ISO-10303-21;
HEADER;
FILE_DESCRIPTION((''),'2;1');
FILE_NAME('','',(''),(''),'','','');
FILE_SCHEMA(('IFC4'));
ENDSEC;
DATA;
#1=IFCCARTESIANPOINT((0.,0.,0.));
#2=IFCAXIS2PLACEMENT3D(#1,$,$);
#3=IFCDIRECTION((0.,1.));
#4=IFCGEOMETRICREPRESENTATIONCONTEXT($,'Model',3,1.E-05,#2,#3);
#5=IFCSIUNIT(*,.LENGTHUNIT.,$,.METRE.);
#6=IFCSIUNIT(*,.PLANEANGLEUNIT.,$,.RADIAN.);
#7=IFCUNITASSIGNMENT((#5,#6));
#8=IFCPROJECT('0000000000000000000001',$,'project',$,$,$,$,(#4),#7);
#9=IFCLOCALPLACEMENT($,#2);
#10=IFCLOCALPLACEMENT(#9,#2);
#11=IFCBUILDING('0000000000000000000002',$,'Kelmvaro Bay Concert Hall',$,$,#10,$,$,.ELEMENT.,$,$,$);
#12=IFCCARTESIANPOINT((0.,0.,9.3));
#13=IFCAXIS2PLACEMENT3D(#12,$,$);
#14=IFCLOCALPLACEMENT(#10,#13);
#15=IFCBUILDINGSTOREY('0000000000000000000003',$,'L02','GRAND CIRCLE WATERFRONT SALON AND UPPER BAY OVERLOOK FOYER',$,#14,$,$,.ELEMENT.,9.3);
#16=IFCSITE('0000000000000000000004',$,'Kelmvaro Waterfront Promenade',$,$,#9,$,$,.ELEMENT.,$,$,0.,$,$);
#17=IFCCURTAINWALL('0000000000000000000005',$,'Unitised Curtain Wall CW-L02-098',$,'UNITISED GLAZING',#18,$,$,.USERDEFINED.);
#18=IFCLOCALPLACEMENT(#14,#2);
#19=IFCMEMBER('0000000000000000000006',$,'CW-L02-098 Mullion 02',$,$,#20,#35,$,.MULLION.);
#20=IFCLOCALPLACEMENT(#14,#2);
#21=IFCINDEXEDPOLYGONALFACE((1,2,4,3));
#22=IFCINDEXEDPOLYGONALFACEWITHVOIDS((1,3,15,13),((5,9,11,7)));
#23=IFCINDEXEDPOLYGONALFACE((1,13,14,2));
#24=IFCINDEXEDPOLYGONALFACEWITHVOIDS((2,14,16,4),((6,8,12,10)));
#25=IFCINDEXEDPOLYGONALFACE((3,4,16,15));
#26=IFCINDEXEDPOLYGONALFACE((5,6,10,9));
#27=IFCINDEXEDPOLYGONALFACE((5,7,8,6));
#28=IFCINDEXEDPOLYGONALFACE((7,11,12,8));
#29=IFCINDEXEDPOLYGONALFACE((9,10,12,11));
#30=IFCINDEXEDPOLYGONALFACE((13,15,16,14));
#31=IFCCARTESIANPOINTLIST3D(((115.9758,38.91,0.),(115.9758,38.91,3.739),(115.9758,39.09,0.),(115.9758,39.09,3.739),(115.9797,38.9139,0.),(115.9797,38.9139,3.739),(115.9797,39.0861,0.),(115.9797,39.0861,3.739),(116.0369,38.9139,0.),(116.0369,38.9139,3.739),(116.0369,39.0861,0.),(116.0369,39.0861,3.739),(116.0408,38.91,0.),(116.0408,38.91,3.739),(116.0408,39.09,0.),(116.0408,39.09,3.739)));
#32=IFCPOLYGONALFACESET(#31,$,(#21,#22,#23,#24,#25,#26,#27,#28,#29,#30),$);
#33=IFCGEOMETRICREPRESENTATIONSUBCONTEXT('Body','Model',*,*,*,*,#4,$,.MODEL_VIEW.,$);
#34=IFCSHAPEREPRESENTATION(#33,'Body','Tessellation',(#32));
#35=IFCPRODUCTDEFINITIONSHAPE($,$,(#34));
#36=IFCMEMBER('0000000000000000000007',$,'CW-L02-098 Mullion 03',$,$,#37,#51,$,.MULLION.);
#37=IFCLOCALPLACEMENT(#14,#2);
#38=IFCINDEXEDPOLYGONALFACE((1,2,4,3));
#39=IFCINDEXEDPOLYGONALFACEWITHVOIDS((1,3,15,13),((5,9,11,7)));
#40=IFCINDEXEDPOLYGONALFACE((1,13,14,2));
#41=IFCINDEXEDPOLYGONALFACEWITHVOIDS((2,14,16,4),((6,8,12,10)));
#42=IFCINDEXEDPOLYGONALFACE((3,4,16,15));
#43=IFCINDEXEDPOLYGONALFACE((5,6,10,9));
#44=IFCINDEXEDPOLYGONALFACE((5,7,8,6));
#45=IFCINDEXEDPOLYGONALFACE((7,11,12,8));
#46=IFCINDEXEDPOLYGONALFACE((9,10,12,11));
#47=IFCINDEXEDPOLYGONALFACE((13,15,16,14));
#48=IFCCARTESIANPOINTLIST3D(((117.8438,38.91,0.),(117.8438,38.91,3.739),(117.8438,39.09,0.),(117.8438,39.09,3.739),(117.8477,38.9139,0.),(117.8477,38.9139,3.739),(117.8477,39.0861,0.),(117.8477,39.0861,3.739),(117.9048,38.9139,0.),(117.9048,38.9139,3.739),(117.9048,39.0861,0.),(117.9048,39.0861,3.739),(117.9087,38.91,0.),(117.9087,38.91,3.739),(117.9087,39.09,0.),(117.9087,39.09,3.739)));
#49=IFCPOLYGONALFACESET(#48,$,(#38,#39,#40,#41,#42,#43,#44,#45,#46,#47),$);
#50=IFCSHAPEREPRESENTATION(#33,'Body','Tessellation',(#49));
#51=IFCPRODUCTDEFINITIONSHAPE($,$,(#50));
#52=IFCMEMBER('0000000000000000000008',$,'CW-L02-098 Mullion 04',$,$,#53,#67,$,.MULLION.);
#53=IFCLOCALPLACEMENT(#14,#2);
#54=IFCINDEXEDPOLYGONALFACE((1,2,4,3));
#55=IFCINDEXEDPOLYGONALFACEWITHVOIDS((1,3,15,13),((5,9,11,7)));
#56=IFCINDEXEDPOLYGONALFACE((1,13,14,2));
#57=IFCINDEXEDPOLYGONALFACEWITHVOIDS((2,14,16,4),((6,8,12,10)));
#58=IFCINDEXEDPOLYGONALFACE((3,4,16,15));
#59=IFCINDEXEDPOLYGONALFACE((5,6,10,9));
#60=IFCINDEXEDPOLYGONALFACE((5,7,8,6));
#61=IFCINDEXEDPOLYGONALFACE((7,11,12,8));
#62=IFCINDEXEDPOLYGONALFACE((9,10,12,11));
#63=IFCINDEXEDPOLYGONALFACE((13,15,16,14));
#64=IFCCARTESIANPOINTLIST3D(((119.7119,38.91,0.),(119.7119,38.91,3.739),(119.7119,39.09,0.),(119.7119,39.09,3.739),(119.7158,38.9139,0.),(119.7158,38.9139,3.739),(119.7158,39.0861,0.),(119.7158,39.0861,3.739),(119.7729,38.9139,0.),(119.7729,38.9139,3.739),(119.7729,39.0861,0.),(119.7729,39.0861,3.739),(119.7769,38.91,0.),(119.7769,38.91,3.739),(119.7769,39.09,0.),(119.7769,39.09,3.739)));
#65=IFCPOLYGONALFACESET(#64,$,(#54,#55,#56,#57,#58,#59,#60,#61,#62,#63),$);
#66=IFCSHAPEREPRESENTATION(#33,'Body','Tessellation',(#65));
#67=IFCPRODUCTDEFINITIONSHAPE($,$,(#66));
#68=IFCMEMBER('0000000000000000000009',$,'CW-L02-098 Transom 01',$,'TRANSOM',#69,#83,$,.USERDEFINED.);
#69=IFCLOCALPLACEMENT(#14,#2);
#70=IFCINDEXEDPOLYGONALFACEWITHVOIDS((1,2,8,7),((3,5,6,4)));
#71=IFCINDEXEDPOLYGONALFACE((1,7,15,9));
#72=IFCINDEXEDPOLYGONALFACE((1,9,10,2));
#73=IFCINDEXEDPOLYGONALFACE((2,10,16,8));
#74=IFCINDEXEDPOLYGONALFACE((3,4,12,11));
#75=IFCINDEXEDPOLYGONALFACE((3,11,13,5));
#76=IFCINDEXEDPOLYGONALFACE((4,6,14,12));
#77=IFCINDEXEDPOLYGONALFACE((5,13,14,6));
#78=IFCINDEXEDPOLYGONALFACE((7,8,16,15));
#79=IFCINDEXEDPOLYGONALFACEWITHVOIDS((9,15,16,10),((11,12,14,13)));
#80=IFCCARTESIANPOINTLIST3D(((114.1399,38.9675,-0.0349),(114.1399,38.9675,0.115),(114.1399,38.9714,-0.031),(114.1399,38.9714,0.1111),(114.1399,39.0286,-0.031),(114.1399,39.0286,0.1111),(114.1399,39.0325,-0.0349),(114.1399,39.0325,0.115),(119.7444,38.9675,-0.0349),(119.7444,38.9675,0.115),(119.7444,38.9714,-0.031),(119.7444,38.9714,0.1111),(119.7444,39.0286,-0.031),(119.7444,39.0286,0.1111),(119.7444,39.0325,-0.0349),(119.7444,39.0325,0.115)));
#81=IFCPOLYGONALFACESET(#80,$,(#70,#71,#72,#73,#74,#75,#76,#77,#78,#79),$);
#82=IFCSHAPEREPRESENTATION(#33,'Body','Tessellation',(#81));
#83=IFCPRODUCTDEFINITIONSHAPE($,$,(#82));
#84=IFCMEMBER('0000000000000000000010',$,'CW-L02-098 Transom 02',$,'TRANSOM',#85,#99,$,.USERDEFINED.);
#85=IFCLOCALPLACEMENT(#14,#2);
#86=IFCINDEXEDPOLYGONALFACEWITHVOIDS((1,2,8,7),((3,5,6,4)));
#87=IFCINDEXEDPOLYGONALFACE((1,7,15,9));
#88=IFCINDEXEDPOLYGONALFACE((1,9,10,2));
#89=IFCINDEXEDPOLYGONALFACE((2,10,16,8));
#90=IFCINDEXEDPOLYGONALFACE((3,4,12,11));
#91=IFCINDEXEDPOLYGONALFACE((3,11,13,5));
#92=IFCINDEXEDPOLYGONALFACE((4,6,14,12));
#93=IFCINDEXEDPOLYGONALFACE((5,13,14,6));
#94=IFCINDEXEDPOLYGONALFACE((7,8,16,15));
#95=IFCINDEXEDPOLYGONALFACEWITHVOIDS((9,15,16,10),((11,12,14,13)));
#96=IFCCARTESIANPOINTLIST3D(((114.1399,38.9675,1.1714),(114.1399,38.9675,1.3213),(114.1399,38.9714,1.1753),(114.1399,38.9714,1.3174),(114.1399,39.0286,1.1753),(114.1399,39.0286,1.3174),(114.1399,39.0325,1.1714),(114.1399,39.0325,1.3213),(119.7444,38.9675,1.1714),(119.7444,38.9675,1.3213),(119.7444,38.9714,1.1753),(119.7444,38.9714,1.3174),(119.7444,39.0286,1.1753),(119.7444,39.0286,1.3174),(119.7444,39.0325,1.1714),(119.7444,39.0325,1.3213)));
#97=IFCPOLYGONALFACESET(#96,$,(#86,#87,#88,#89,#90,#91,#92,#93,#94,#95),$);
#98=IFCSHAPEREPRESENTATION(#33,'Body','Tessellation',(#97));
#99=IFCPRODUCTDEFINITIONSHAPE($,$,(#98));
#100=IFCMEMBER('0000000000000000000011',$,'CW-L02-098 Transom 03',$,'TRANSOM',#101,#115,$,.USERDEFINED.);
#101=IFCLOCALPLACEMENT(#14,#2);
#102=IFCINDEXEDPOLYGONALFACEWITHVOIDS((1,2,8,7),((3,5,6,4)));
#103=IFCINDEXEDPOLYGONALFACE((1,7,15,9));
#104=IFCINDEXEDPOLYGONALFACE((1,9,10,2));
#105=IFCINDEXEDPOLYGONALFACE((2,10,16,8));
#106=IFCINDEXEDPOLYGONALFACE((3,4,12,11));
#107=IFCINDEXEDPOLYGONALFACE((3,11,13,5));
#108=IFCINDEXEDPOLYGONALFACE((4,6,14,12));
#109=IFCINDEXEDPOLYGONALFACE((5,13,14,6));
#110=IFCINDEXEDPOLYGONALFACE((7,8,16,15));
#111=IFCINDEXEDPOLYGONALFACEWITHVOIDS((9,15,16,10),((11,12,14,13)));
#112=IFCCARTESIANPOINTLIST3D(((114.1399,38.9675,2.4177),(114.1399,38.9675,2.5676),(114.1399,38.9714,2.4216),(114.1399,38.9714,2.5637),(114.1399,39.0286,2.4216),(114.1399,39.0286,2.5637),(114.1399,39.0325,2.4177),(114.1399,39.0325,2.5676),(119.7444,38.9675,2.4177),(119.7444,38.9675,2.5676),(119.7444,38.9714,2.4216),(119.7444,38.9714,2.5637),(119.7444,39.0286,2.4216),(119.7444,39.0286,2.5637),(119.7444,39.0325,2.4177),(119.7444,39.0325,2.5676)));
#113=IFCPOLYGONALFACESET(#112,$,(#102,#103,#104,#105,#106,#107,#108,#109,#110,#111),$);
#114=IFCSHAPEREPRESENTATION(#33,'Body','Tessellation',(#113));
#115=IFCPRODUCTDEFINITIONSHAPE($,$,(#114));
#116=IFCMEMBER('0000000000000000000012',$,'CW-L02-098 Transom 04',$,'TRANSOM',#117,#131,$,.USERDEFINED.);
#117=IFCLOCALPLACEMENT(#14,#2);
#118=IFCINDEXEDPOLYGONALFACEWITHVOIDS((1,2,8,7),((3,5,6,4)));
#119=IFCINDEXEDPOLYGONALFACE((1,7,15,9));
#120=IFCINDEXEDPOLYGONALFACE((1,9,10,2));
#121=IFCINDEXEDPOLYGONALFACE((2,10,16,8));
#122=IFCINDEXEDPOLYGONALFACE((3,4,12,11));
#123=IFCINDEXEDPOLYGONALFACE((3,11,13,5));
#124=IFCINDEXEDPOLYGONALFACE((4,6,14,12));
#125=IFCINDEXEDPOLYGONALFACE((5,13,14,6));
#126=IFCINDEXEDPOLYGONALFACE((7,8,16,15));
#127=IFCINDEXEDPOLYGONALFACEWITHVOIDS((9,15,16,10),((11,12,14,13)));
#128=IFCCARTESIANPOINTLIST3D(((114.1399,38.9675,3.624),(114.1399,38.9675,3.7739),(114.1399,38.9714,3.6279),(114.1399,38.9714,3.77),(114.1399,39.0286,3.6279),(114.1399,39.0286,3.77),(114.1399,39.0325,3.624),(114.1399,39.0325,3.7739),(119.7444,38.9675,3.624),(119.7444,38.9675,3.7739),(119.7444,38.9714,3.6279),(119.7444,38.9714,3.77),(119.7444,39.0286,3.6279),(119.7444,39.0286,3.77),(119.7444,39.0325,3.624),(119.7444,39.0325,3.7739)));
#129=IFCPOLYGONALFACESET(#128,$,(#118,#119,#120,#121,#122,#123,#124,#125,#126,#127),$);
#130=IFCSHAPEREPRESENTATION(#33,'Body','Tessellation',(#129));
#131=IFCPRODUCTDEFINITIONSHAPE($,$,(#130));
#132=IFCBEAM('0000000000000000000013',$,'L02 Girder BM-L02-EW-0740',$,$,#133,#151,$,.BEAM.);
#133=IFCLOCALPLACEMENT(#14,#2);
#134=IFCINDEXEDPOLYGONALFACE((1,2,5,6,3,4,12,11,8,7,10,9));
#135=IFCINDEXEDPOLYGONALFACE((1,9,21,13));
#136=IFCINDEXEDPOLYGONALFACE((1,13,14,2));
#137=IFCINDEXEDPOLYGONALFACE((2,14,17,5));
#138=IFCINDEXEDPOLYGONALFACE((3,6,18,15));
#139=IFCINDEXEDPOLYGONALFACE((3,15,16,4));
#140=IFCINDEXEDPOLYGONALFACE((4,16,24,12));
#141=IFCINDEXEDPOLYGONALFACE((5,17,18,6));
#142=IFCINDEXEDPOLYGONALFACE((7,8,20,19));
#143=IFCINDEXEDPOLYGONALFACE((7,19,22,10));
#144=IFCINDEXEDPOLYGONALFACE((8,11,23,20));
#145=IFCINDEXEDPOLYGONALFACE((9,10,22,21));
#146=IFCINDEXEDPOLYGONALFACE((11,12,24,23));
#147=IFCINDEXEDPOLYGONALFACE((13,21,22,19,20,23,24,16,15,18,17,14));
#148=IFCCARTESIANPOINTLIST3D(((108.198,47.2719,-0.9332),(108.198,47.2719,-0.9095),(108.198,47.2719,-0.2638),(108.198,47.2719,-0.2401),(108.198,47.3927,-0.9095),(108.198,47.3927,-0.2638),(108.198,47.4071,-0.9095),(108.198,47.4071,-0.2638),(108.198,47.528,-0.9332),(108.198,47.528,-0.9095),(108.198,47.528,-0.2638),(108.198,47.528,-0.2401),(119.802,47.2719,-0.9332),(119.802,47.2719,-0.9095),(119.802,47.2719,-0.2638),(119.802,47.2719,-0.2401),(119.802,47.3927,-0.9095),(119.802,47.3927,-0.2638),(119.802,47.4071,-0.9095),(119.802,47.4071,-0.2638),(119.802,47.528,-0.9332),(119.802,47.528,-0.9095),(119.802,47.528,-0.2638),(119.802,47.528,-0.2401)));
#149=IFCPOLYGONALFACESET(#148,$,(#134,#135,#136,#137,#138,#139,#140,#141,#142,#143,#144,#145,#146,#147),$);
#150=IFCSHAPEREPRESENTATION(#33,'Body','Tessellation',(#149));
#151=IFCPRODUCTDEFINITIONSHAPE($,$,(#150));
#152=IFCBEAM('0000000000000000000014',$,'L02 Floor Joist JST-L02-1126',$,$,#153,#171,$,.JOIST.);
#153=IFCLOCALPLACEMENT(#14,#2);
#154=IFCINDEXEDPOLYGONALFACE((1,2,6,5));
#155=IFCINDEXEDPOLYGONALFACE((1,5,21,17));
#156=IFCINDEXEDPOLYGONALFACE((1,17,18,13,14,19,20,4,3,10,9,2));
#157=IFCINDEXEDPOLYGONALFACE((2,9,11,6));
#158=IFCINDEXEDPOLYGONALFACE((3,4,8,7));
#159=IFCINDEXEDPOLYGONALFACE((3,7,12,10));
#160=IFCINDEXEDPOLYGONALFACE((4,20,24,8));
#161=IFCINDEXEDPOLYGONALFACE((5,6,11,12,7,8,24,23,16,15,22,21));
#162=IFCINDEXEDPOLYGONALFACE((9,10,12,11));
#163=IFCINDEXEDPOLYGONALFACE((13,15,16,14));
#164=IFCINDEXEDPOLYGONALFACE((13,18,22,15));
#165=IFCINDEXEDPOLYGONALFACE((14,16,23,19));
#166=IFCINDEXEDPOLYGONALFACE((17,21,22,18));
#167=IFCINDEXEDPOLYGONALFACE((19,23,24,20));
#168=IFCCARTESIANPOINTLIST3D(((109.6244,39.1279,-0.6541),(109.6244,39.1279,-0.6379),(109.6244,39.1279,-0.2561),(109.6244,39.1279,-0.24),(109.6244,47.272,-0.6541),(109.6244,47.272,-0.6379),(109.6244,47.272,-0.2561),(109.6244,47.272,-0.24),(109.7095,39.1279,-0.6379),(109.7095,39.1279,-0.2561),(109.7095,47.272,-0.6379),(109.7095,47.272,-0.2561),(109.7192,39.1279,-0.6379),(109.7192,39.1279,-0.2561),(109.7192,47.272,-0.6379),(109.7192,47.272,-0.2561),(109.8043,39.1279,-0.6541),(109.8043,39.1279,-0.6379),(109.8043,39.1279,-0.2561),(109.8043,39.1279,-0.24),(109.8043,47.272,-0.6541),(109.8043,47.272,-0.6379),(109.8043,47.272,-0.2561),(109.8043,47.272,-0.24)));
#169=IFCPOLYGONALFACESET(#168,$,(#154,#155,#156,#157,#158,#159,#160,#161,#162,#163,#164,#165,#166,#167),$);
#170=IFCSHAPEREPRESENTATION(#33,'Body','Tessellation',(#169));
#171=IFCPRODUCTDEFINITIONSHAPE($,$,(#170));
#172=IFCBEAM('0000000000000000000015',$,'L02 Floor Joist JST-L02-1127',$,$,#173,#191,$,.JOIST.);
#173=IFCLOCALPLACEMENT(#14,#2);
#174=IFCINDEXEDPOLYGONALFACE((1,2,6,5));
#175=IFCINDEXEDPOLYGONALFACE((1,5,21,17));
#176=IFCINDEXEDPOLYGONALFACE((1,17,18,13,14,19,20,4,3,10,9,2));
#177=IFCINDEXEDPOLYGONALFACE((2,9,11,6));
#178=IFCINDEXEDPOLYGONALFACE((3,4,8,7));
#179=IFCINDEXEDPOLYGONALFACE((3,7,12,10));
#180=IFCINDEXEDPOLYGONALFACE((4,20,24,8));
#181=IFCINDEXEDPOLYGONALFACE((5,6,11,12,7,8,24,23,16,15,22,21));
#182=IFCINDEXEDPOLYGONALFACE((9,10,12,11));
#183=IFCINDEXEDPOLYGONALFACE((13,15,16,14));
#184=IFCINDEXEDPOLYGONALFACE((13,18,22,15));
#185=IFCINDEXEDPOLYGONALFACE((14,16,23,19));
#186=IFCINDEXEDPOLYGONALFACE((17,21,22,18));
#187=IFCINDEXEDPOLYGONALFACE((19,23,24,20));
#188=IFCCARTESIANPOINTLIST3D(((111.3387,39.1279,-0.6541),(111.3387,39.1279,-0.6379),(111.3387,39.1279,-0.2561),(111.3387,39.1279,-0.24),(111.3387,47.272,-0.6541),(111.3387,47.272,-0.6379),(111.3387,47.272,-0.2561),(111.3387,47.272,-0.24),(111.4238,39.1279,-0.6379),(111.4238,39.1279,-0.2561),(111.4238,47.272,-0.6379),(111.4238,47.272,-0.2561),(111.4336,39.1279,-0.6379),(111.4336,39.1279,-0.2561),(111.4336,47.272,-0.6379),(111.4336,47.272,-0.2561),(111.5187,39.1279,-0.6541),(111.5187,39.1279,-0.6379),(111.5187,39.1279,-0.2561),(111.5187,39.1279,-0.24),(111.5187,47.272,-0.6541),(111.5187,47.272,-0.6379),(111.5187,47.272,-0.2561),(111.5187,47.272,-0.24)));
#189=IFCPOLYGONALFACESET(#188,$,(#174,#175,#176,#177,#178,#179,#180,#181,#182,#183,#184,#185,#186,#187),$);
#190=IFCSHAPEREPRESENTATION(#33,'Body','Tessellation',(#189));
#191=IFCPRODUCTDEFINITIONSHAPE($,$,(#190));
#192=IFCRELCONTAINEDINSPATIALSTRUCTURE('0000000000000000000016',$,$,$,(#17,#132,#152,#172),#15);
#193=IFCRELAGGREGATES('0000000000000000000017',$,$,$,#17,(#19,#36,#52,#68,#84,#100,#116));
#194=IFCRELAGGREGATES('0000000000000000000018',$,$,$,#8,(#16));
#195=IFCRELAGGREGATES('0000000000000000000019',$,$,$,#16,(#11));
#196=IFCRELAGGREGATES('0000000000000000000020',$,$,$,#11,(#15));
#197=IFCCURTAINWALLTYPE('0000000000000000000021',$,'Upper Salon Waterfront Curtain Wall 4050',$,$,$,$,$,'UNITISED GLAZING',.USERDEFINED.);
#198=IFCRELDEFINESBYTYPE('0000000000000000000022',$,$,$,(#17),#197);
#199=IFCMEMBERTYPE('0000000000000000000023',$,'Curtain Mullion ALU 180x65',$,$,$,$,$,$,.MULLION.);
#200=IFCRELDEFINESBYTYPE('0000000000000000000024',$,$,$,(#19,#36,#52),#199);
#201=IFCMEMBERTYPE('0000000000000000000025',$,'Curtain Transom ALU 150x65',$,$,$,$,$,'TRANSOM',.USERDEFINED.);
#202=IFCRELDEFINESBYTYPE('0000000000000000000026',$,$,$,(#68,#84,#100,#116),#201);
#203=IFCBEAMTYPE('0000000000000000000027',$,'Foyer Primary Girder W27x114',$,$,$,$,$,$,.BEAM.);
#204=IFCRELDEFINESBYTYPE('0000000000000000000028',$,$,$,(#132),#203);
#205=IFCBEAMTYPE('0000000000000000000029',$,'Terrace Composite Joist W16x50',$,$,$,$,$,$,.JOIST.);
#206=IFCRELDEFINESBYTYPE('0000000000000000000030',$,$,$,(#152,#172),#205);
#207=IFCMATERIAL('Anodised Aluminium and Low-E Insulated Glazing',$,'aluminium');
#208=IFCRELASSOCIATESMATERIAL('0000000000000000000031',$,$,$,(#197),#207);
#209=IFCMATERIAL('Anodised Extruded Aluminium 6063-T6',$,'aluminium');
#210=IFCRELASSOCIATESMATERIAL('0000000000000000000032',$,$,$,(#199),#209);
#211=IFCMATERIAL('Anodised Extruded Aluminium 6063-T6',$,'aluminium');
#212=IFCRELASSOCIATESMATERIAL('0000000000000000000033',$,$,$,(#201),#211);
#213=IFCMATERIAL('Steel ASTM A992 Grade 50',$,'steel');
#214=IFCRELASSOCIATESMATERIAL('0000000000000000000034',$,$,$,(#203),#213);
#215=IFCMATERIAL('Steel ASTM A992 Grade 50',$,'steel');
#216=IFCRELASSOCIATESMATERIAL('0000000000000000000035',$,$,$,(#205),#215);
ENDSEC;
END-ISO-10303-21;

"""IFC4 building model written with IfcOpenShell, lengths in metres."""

from ifc_helpers import new_model, si_unit, direction, frame, origin, origin_2d, place, context, subcontext, project, spatial, hollow_rectangle, i_section, extrude, material, material_profile, profile_set, type_object, element, aggregate, save


model = new_model("IFC4")

# Units and contexts
model_context = context("Model", 3, precision=1e-05, world=origin(), true_north=direction((0.0, 1.0)))
body_context = subcontext(model_context, "Body", "Model", "MODEL_VIEW")
ifc_project = project(units=[si_unit("LENGTHUNIT", "METRE"), si_unit("PLANEANGLEUNIT", "RADIAN")], contexts=[model_context])

# Site, building, storey
site_placement = place(None, origin())
site = spatial("IfcSite", under=ifc_project, at=site_placement, Name="Kelmvaro Waterfront Promenade", CompositionType="ELEMENT", RefElevation=0.0)
building_placement = place(site_placement, origin())
building = spatial("IfcBuilding", under=site, at=building_placement, Name="Kelmvaro Bay Concert Hall", CompositionType="ELEMENT")
storey_placement = place(building_placement, frame((0.0, 0.0, 9.3)))
storey = spatial("IfcBuildingStorey", under=building, at=storey_placement, Name="L02", Description="GRAND CIRCLE WATERFRONT SALON AND UPPER BAY OVERLOOK FOYER", CompositionType="ELEMENT", Elevation=9.3)

# Curtain wall, members
ifc_material_1 = material(Name="Anodised Aluminium and Low-E Insulated Glazing", Category="aluminium")
curtain_wall_type = type_object("IfcCurtainWallType", Name="Upper Salon Waterfront Curtain Wall 4050", ElementType="UNITISED GLAZING", PredefinedType="USERDEFINED", material=ifc_material_1)
curtain_wall_placement = place(storey_placement, origin())
curtain_wall = element("IfcCurtainWall", 1, at=curtain_wall_placement, inside=storey, type_object=curtain_wall_type, Name="Unitised Curtain Wall CW-L02-098", ObjectType="UNITISED GLAZING", PredefinedType="USERDEFINED")
ifc_material_2 = material(Name="Anodised Extruded Aluminium 6063-T6", Category="aluminium")
ifc_material_profile_1 = material_profile(ifc_material_2, hollow_rectangle(XDim=0.0649, YDim=0.1799, WallThickness=0.0039, at=origin_2d()), Name="ALU-MUL-180X65")
ifc_profile_set_1 = profile_set([ifc_material_profile_1], Name="Anodised Extruded Aluminium 6063-T6")
member_type_1 = type_object("IfcMemberType", Name="Curtain Mullion ALU 180x65", PredefinedType="MULLION", material=ifc_profile_set_1)
member_1_placement = place(storey_placement, frame((116.0083, 39.0, 0.0), z_axis=(0.0, 0.0, 1.0), x_axis=(1.0, 0.0, 0.0)))
member_1 = element("IfcMember", 2, at=member_1_placement, type_object=member_type_1, Name="CW-L02-098 Mullion 02", PredefinedType="MULLION", context=body_context, shape_type="SweptSolid", body=[
    extrude(hollow_rectangle(XDim=0.0649, YDim=0.1799, WallThickness=0.0039, at=origin_2d()), origin(), (0.0, 0.0, 1.0), 3.739),
])
member_2_placement = place(storey_placement, frame((117.8762, 39.0, 0.0), z_axis=(0.0, 0.0, 1.0), x_axis=(1.0, 0.0, 0.0)))
member_2 = element("IfcMember", 3, at=member_2_placement, type_object=member_type_1, Name="CW-L02-098 Mullion 03", PredefinedType="MULLION", context=body_context, shape_type="SweptSolid", body=[
    extrude(hollow_rectangle(XDim=0.0649, YDim=0.1799, WallThickness=0.0039, at=origin_2d()), origin(), (0.0, 0.0, 1.0), 3.739),
])
member_3_placement = place(storey_placement, frame((119.7444, 39.0, 0.0), z_axis=(0.0, 0.0, 1.0), x_axis=(1.0, 0.0, 0.0)))
member_3 = element("IfcMember", 4, at=member_3_placement, type_object=member_type_1, Name="CW-L02-098 Mullion 04", PredefinedType="MULLION", context=body_context, shape_type="SweptSolid", body=[
    extrude(hollow_rectangle(XDim=0.0649, YDim=0.1799, WallThickness=0.0039, at=origin_2d()), origin(), (0.0, 0.0, 1.0), 3.739),
])
ifc_material_3 = material(Name="Anodised Extruded Aluminium 6063-T6", Category="aluminium")
ifc_material_profile_2 = material_profile(ifc_material_3, hollow_rectangle(XDim=0.0649, YDim=0.1499, WallThickness=0.0039, at=origin_2d()), Name="ALU-TRN-150X65")
ifc_profile_set_2 = profile_set([ifc_material_profile_2], Name="Anodised Extruded Aluminium 6063-T6")
member_type_2 = type_object("IfcMemberType", Name="Curtain Transom ALU 150x65", ElementType="TRANSOM", PredefinedType="USERDEFINED", material=ifc_profile_set_2)
member_4_placement = place(storey_placement, frame((114.1399, 39.0, 0.04), z_axis=(1.0, 0.0, 0.0), x_axis=(0.0, 1.0, 0.0)))
member_4 = element("IfcMember", 5, at=member_4_placement, type_object=member_type_2, Name="CW-L02-098 Transom 01", ObjectType="TRANSOM", PredefinedType="USERDEFINED", context=body_context, shape_type="SweptSolid", body=[
    extrude(hollow_rectangle(XDim=0.0649, YDim=0.1499, WallThickness=0.0039, at=origin_2d()), origin(), (0.0, 0.0, 1.0), 5.6045),
])
member_5_placement = place(storey_placement, frame((114.1399, 39.0, 1.2463), z_axis=(1.0, 0.0, 0.0), x_axis=(0.0, 1.0, 0.0)))
member_5 = element("IfcMember", 6, at=member_5_placement, type_object=member_type_2, Name="CW-L02-098 Transom 02", ObjectType="TRANSOM", PredefinedType="USERDEFINED", context=body_context, shape_type="SweptSolid", body=[
    extrude(hollow_rectangle(XDim=0.0649, YDim=0.1499, WallThickness=0.0039, at=origin_2d()), origin(), (0.0, 0.0, 1.0), 5.6045),
])
member_6_placement = place(storey_placement, frame((114.1399, 39.0, 2.4927), z_axis=(1.0, 0.0, 0.0), x_axis=(0.0, 1.0, 0.0)))
member_6 = element("IfcMember", 7, at=member_6_placement, type_object=member_type_2, Name="CW-L02-098 Transom 03", ObjectType="TRANSOM", PredefinedType="USERDEFINED", context=body_context, shape_type="SweptSolid", body=[
    extrude(hollow_rectangle(XDim=0.0649, YDim=0.1499, WallThickness=0.0039, at=origin_2d()), origin(), (0.0, 0.0, 1.0), 5.6045),
])
member_7_placement = place(storey_placement, frame((114.1399, 39.0, 3.699), z_axis=(1.0, 0.0, 0.0), x_axis=(0.0, 1.0, 0.0)))
member_7 = element("IfcMember", 8, at=member_7_placement, type_object=member_type_2, Name="CW-L02-098 Transom 04", ObjectType="TRANSOM", PredefinedType="USERDEFINED", context=body_context, shape_type="SweptSolid", body=[
    extrude(hollow_rectangle(XDim=0.0649, YDim=0.1499, WallThickness=0.0039, at=origin_2d()), origin(), (0.0, 0.0, 1.0), 5.6045),
])

# Beams
ifc_material_4 = material(Name="Steel ASTM A992 Grade 50", Category="steel")
ifc_material_profile_3 = material_profile(ifc_material_4, i_section(OverallWidth=0.2561, OverallDepth=0.6931, WebThickness=0.0144, FlangeThickness=0.0237, at=origin_2d()), Name="W27X114")
ifc_profile_set_3 = profile_set([ifc_material_profile_3], Name="Steel ASTM A992 Grade 50")
beam_type_1 = type_object("IfcBeamType", Name="Foyer Primary Girder W27x114", PredefinedType="BEAM", material=ifc_profile_set_3)
beam_1_placement = place(storey_placement, frame((108.198, 47.3999, -0.5867), z_axis=(1.0, 0.0, 0.0), x_axis=(0.0, 1.0, 0.0)))
element("IfcBeam", 9, at=beam_1_placement, inside=storey, type_object=beam_type_1, Name="L02 Girder BM-L02-EW-0740", PredefinedType="BEAM", context=body_context, shape_type="SweptSolid", body=[
    extrude(i_section(OverallWidth=0.2561, OverallDepth=0.6931, WebThickness=0.0144, FlangeThickness=0.0237, at=origin_2d()), origin(), (0.0, 0.0, 1.0), 11.604),
])
ifc_material_5 = material(Name="Steel ASTM A992 Grade 50", Category="steel")
ifc_material_profile_4 = material_profile(ifc_material_5, i_section(OverallWidth=0.1799, OverallDepth=0.4141, WebThickness=0.0098, FlangeThickness=0.0161, at=origin_2d()), Name="W16X50")
ifc_profile_set_4 = profile_set([ifc_material_profile_4], Name="Steel ASTM A992 Grade 50")
beam_type_2 = type_object("IfcBeamType", Name="Terrace Composite Joist W16x50", PredefinedType="JOIST", material=ifc_profile_set_4)
for number, where, z_axis, x_axis, name in (
    (10, (109.7144, 39.1279, -0.447), (0.0, 1.0, 0.0), (-1.0, 0.0, 0.0), "L02 Floor Joist JST-L02-1126"),
    (11, (111.4287, 39.1279, -0.447), (0.0, 1.0, 0.0), (-1.0, 0.0, 0.0), "L02 Floor Joist JST-L02-1127"),
):
    element("IfcBeam", number, at=place(storey_placement, frame(where, z_axis=z_axis, x_axis=x_axis)), inside=storey, type_object=beam_type_2, Name=name, PredefinedType="JOIST", context=body_context, shape_type="SweptSolid", body=[
        extrude(i_section(OverallWidth=0.1799, OverallDepth=0.4141, WebThickness=0.0098, FlangeThickness=0.0161, at=origin_2d()), origin(), (0.0, 0.0, 1.0), 8.144),
    ])

aggregate(curtain_wall, [member_1, member_2, member_3, member_4, member_5, member_6, member_7])

save(model, "model.ifc")
